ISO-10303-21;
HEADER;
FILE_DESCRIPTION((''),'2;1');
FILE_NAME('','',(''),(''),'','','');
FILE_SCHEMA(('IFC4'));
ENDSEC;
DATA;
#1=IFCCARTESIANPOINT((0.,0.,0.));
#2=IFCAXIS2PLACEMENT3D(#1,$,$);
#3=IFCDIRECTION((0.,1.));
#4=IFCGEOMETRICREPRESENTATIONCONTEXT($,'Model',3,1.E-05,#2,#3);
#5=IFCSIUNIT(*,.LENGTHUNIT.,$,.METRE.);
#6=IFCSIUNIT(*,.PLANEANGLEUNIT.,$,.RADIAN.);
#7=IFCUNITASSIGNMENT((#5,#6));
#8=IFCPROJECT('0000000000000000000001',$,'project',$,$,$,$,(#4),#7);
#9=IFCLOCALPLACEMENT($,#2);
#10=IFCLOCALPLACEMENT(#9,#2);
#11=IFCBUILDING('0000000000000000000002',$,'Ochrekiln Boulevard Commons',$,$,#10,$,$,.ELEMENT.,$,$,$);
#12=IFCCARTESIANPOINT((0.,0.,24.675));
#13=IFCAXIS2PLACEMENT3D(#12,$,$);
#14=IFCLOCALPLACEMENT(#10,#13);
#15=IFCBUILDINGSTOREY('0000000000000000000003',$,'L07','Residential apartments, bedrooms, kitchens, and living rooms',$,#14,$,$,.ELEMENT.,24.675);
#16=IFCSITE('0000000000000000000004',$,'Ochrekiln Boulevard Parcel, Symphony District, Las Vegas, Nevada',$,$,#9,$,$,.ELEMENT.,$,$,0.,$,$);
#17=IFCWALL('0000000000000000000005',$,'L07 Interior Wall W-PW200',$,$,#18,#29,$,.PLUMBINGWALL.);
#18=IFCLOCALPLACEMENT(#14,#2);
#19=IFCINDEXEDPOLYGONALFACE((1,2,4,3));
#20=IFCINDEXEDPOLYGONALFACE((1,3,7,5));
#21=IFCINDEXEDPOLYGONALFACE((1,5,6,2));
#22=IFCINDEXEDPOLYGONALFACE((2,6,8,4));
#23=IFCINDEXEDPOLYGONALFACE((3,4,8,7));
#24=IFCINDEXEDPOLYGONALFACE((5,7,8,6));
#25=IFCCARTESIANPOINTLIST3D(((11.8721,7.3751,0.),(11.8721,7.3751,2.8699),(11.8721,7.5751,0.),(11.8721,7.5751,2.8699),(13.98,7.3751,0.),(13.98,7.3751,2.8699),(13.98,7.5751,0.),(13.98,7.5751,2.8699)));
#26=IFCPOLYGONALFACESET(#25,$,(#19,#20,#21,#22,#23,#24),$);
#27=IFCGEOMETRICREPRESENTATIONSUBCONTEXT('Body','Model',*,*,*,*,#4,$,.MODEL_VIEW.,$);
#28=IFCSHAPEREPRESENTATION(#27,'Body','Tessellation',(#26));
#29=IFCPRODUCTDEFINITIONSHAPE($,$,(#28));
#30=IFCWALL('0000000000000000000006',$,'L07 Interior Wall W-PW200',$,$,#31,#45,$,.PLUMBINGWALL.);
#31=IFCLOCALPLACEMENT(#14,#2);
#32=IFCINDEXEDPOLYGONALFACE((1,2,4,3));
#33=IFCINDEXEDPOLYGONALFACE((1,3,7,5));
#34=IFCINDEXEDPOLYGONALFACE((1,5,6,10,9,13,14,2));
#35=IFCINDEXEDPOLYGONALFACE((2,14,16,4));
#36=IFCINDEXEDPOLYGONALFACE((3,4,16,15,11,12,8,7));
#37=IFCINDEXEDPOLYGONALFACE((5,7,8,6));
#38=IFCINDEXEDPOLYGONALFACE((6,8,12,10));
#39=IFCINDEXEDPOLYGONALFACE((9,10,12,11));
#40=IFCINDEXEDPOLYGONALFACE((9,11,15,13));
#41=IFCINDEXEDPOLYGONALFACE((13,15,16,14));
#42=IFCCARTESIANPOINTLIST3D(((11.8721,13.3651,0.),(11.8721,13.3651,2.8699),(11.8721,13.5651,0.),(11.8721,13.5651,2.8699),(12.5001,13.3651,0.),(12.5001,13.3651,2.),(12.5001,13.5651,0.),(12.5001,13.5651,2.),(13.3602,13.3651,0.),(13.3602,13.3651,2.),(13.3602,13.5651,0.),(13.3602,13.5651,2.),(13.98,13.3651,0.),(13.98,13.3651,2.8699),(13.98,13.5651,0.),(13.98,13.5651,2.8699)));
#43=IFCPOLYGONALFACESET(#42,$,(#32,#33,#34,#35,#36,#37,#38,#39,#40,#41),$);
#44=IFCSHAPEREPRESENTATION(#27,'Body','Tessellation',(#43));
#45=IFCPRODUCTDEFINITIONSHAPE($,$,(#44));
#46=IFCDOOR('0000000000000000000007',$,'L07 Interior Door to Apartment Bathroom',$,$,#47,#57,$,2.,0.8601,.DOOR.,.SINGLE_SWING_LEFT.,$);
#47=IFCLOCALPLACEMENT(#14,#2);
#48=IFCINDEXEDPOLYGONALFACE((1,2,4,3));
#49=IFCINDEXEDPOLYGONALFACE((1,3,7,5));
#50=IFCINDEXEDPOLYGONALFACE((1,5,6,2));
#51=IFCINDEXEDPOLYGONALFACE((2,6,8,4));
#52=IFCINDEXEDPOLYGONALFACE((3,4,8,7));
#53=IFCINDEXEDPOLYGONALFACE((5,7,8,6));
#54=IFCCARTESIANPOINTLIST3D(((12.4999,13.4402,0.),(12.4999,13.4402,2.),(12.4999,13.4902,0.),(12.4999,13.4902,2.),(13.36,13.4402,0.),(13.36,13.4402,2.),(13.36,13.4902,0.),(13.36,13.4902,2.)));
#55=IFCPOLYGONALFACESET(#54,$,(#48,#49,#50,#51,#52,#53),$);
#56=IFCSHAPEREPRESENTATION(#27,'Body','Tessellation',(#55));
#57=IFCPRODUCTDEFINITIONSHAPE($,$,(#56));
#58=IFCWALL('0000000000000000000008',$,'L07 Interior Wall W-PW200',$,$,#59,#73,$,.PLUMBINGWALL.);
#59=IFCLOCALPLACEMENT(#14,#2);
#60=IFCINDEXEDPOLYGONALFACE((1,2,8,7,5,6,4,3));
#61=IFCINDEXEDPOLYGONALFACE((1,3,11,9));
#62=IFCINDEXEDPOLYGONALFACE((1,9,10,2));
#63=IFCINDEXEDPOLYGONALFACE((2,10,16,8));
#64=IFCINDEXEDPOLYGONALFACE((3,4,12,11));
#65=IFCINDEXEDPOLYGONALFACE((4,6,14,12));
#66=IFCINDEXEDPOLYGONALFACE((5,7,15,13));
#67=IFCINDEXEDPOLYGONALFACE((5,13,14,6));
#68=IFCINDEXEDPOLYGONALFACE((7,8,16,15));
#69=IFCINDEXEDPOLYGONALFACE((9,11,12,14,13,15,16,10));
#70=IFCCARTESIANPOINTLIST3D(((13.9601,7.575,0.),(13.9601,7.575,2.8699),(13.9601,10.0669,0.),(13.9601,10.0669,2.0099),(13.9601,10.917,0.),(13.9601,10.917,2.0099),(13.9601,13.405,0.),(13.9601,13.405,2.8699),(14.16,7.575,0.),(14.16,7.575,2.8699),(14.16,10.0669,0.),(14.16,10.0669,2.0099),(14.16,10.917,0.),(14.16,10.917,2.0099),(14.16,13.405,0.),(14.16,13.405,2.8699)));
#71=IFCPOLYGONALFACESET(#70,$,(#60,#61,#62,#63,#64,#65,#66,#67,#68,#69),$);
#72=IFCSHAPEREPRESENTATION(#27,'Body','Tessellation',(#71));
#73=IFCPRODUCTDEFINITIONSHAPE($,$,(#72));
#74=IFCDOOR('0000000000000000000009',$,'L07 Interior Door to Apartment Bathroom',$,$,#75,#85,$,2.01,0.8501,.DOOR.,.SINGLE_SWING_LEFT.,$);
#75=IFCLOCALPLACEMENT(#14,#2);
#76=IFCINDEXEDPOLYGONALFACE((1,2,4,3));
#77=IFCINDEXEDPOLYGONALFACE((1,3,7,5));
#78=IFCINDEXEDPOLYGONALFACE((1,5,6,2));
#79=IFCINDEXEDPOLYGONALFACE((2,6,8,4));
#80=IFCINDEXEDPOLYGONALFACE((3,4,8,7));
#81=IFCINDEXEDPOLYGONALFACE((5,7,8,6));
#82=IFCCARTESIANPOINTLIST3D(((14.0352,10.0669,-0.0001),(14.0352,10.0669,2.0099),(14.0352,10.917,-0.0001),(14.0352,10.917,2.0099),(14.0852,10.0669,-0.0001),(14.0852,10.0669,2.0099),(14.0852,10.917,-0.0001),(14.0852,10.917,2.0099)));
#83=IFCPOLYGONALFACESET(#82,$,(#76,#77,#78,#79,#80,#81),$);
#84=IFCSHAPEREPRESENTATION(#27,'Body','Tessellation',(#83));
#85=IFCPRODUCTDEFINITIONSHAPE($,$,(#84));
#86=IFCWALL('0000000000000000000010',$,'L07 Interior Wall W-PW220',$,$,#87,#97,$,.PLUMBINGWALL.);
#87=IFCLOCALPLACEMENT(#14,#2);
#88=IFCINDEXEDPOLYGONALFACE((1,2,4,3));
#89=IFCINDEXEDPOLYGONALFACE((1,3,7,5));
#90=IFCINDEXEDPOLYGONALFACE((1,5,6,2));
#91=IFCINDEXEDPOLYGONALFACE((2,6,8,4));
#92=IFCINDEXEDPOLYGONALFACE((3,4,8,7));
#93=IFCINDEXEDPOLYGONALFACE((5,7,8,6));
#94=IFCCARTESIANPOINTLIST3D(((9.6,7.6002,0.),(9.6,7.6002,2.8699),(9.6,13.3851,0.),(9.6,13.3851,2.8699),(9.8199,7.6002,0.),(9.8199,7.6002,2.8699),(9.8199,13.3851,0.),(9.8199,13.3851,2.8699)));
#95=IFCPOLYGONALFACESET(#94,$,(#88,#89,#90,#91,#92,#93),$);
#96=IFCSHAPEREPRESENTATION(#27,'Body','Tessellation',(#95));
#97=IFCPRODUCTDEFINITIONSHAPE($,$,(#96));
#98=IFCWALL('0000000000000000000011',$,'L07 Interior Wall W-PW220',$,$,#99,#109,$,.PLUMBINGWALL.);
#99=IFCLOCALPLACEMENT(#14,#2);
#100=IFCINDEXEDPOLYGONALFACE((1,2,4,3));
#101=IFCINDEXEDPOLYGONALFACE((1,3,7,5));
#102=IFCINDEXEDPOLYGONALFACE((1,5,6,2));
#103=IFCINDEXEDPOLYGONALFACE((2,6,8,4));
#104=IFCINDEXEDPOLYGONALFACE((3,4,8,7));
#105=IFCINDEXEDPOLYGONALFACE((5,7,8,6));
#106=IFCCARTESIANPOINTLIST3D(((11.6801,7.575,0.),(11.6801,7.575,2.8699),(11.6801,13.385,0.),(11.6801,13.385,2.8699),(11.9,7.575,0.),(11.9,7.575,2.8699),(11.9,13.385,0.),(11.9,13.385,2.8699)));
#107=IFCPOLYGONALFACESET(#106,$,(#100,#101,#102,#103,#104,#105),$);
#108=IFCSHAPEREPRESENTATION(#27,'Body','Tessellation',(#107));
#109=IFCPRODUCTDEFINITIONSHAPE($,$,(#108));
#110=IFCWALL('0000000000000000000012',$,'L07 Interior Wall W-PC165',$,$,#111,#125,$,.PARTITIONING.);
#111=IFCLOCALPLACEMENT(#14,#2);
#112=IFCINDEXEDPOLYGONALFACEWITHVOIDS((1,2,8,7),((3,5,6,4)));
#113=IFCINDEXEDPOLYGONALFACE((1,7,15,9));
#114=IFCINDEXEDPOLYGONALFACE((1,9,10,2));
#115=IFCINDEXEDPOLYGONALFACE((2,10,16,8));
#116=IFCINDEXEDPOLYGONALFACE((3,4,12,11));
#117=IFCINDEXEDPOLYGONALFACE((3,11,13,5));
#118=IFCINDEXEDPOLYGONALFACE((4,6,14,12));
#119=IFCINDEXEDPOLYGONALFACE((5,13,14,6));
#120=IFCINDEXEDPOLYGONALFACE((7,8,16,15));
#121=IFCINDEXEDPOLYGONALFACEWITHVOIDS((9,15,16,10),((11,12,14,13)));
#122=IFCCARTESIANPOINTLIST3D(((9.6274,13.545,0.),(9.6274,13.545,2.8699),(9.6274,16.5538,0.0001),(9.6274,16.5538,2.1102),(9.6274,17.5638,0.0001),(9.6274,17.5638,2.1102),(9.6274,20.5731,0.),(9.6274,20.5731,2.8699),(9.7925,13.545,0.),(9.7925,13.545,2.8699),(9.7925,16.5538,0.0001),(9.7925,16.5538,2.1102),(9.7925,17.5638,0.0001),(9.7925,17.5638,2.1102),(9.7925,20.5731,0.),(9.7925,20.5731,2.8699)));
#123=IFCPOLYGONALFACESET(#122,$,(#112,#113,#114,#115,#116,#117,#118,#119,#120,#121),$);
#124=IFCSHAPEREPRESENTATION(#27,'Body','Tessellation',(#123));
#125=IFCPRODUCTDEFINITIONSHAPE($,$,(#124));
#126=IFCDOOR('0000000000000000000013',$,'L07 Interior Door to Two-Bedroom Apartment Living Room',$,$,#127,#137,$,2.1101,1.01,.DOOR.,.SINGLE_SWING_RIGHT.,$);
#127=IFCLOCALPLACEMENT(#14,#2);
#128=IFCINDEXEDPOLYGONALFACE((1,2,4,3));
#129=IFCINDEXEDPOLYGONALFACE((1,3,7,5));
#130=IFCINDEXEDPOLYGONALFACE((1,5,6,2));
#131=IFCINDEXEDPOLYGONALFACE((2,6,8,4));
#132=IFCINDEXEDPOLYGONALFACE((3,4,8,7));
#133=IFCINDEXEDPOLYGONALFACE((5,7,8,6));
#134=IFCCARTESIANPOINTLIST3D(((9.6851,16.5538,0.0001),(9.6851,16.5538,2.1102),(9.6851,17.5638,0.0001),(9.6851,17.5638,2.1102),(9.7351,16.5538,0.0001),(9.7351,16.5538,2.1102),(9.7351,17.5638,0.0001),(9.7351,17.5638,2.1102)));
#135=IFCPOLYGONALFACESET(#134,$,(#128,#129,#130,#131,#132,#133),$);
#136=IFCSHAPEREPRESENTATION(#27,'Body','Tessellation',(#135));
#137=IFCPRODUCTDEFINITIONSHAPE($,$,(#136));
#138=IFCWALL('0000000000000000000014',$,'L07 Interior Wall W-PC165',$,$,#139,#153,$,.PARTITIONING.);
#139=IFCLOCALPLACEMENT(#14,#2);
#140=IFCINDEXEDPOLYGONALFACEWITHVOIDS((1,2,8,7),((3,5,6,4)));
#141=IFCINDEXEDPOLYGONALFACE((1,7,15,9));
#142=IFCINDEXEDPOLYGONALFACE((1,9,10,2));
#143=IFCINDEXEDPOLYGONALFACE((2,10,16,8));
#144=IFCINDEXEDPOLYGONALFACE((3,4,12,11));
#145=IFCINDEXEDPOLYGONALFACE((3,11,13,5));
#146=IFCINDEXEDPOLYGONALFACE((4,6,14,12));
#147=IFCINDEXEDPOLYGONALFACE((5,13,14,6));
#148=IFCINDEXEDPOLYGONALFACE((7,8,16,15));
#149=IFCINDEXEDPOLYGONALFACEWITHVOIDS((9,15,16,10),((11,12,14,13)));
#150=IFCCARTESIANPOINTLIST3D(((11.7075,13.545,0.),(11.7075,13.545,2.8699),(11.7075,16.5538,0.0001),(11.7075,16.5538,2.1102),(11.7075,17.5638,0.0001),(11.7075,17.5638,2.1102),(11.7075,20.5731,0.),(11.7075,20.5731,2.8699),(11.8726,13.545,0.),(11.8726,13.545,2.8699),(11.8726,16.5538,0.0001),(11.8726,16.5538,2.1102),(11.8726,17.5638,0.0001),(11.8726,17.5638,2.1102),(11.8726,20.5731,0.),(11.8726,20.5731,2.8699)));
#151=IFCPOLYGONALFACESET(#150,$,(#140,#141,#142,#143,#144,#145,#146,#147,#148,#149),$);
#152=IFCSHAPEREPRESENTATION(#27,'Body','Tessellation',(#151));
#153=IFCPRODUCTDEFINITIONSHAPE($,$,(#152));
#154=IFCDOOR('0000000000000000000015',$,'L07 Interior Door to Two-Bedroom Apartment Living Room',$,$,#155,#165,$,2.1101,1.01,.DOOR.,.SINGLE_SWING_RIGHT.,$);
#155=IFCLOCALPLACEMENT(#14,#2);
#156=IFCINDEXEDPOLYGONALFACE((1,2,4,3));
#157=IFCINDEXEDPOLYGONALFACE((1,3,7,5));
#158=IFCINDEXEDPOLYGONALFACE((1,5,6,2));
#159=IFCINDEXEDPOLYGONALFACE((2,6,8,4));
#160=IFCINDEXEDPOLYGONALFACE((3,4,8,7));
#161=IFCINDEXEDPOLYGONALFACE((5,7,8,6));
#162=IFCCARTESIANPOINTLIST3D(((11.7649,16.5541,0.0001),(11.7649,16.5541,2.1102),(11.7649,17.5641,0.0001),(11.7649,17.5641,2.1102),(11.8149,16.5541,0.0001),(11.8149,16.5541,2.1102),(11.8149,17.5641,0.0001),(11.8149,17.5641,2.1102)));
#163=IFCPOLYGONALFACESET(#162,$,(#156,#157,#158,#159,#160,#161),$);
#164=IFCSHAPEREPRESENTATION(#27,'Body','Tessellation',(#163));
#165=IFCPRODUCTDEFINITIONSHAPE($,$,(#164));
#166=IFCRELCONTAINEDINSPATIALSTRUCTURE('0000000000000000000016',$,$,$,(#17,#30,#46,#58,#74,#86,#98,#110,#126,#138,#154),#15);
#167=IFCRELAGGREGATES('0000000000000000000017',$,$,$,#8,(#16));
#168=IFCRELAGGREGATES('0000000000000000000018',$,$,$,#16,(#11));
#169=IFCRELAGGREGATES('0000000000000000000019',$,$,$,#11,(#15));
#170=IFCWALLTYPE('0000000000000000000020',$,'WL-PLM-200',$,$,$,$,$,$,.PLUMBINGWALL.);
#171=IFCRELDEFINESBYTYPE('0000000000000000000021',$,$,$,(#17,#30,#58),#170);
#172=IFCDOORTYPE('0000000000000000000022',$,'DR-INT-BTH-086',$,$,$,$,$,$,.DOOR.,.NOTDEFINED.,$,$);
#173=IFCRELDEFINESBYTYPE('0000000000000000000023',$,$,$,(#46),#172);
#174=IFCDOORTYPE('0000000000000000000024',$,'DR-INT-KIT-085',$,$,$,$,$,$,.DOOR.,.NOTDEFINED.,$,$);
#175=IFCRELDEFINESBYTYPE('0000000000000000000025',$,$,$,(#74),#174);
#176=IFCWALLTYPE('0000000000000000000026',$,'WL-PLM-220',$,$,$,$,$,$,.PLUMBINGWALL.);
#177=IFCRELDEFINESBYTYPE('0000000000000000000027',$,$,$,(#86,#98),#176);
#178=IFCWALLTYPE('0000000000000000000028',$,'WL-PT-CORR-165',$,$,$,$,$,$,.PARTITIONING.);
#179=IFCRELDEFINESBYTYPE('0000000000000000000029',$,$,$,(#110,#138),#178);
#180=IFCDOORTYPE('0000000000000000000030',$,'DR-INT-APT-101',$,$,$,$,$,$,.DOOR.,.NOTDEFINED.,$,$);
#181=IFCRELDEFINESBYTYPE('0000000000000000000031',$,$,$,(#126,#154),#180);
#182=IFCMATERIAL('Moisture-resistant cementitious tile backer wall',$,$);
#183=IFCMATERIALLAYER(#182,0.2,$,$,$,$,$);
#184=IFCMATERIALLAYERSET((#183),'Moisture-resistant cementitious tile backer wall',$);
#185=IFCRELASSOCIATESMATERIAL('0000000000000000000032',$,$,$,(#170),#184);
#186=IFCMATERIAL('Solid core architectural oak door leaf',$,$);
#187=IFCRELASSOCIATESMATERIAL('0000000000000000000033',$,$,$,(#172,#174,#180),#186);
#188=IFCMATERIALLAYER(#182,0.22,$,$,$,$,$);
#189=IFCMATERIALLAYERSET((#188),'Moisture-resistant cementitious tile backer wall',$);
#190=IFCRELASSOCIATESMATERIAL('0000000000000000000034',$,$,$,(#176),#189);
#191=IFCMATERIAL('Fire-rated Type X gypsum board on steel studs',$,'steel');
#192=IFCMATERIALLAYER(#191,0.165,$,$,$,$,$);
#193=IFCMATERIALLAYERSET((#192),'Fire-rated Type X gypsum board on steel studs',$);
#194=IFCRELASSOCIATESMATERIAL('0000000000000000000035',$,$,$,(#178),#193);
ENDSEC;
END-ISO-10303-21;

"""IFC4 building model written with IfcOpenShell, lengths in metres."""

from ifc_helpers import new_model, si_unit, direction, frame, frame_2d, origin, place, context, subcontext, project, spatial, rectangle, extrude, material, layer, layer_set, type_object, element, fill, save


model = new_model("IFC4")

# Units and contexts
model_context = context("Model", 3, precision=1e-05, world=origin(), true_north=direction((0.0, 1.0)))
body_context = subcontext(model_context, "Body", "Model", "MODEL_VIEW")
ifc_project = project(units=[si_unit("LENGTHUNIT", "METRE"), si_unit("PLANEANGLEUNIT", "RADIAN")], contexts=[model_context])

# Site, building, storey
site_placement = place(None, origin())
site = spatial("IfcSite", under=ifc_project, at=site_placement, Name="Ochrekiln Boulevard Parcel, Symphony District, Las Vegas, Nevada", CompositionType="ELEMENT", RefElevation=0.0)
building_placement = place(site_placement, origin())
building = spatial("IfcBuilding", under=site, at=building_placement, Name="Ochrekiln Boulevard Commons", CompositionType="ELEMENT")
storey_placement = place(building_placement, frame((0.0, 0.0, 24.675)))
storey = spatial("IfcBuildingStorey", under=building, at=storey_placement, Name="L07", Description="Residential apartments, bedrooms, kitchens, and living rooms", CompositionType="ELEMENT", Elevation=24.675)

# Wall
ifc_material_1 = material(Name="Moisture-resistant cementitious tile backer wall")
ifc_layer_1 = layer(ifc_material_1, 0.2)
ifc_layer_set_1 = layer_set([ifc_layer_1], Name="Moisture-resistant cementitious tile backer wall")
wall_type_1 = type_object("IfcWallType", Name="WL-PLM-200", PredefinedType="PLUMBINGWALL", material=ifc_layer_set_1)
wall_1_placement = place(storey_placement, frame((11.8721, 7.4751, 0.0), z_axis=(0.0, 0.0, 1.0), x_axis=(1.0, 0.0, 0.0)))
element("IfcWall", 1, at=wall_1_placement, inside=storey, type_object=wall_type_1, Name="L07 Interior Wall W-PW200", PredefinedType="PLUMBINGWALL", context=body_context, shape_type="SweptSolid", body=[
    extrude(rectangle(XDim=2.1079, YDim=0.2, at=frame_2d((1.054, 0.0))), origin(), (0.0, 0.0, 1.0), 2.8699),
])

# Walls, openings, doors
wall_2_placement = place(storey_placement, frame((11.8721, 13.4651, 0.0), z_axis=(0.0, 0.0, 1.0), x_axis=(1.0, 0.0, 0.0)))
wall_2 = element("IfcWall", 2, at=wall_2_placement, inside=storey, type_object=wall_type_1, Name="L07 Interior Wall W-PW200", PredefinedType="PLUMBINGWALL", context=body_context, shape_type="SweptSolid", body=[
    extrude(rectangle(XDim=2.1079, YDim=0.2, at=frame_2d((1.054, 0.0))), origin(), (0.0, 0.0, 1.0), 2.8699),
])
opening_1_placement = place(wall_2_placement, frame((0.6279, 0.0, 0.0)))
opening_1 = element("IfcOpeningElement", 3, at=opening_1_placement, cuts=wall_2, PredefinedType="OPENING", context=body_context, shape_type="SweptSolid", body=[
    extrude(rectangle(XDim=0.8601, YDim=2.0, at=frame_2d((0.4302, 1.0))), frame((0.0, 0.1099, 0.0), z_axis=(0.0, -1.0, 0.0), x_axis=(1.0, 0.0, 0.0)), (0.0, 0.0, 1.0), 0.22),
])
ifc_material_2 = material(Name="Solid core architectural oak door leaf")
door_type_1 = type_object("IfcDoorType", Name="DR-INT-BTH-086", OperationType="NOTDEFINED", PredefinedType="DOOR", material=ifc_material_2)
door_1_placement = place(opening_1_placement, frame((0.8601, 0.0, 0.0), z_axis=(0.0, 0.0, 1.0), x_axis=(-1.0, 0.0, 0.0)))
door_1 = element("IfcDoor", 4, at=door_1_placement, inside=storey, type_object=door_type_1, Name="L07 Interior Door to Apartment Bathroom", OperationType="SINGLE_SWING_LEFT", OverallHeight=2.0, OverallWidth=0.8601, PredefinedType="DOOR", context=body_context, shape_type="SweptSolid", body=[
    extrude(rectangle(XDim=0.8601, YDim=2.0, at=frame_2d((0.4302, 1.0))), frame((0.0, 0.0249, 0.0), z_axis=(0.0, -1.0, 0.0), x_axis=(1.0, 0.0, 0.0)), (0.0, 0.0, 1.0), 0.05),
])
fill(opening_1, door_1)
wall_3_placement = place(storey_placement, frame((14.0601, 7.575, 0.0), z_axis=(0.0, 0.0, 1.0), x_axis=(0.0, 1.0, 0.0)))
wall_3 = element("IfcWall", 5, at=wall_3_placement, inside=storey, type_object=wall_type_1, Name="L07 Interior Wall W-PW200", PredefinedType="PLUMBINGWALL", context=body_context, shape_type="SweptSolid", body=[
    extrude(rectangle(XDim=5.8301, YDim=0.2, at=frame_2d((2.915, 0.0))), origin(), (0.0, 0.0, 1.0), 2.8699),
])
opening_2_placement = place(wall_3_placement, frame((2.4919, 0.0, 0.0)))
opening_2 = element("IfcOpeningElement", 6, at=opening_2_placement, cuts=wall_3, PredefinedType="OPENING", context=body_context, shape_type="SweptSolid", body=[
    extrude(rectangle(XDim=0.8501, YDim=2.01, at=frame_2d((0.425, 1.0049))), frame((0.0, 0.1099, 0.0), z_axis=(0.0, -1.0, 0.0), x_axis=(1.0, 0.0, 0.0)), (0.0, 0.0, 1.0), 0.22),
])
door_type_2 = type_object("IfcDoorType", Name="DR-INT-KIT-085", OperationType="NOTDEFINED", PredefinedType="DOOR", material=ifc_material_2)
door_2_placement = place(opening_2_placement, origin())
door_2 = element("IfcDoor", 7, at=door_2_placement, inside=storey, type_object=door_type_2, Name="L07 Interior Door to Apartment Bathroom", OperationType="SINGLE_SWING_LEFT", OverallHeight=2.01, OverallWidth=0.8501, PredefinedType="DOOR", context=body_context, shape_type="SweptSolid", body=[
    extrude(rectangle(XDim=0.8501, YDim=2.01, at=frame_2d((0.425, 1.0049))), frame((0.0, 0.0249, 0.0), z_axis=(0.0, -1.0, 0.0), x_axis=(1.0, 0.0, 0.0)), (0.0, 0.0, 1.0), 0.05),
])
fill(opening_2, door_2)

# Walls
ifc_layer_2 = layer(ifc_material_1, 0.22)
ifc_layer_set_2 = layer_set([ifc_layer_2], Name="Moisture-resistant cementitious tile backer wall")
wall_type_2 = type_object("IfcWallType", Name="WL-PLM-220", PredefinedType="PLUMBINGWALL", material=ifc_layer_set_2)
wall_4_placement = place(storey_placement, frame((9.71, 7.6001, 0.0), z_axis=(0.0, 0.0, 1.0), x_axis=(0.0, 1.0, 0.0)))
element("IfcWall", 8, at=wall_4_placement, inside=storey, type_object=wall_type_2, Name="L07 Interior Wall W-PW220", PredefinedType="PLUMBINGWALL", context=body_context, shape_type="SweptSolid", body=[
    extrude(rectangle(XDim=5.7849, YDim=0.22, at=frame_2d((2.8926, 0.0))), origin(), (0.0, 0.0, 1.0), 2.8699),
])
wall_5_placement = place(storey_placement, frame((11.79, 7.575, 0.0), z_axis=(0.0, 0.0, 1.0), x_axis=(0.0, 1.0, 0.0)))
element("IfcWall", 9, at=wall_5_placement, inside=storey, type_object=wall_type_2, Name="L07 Interior Wall W-PW220", PredefinedType="PLUMBINGWALL", context=body_context, shape_type="SweptSolid", body=[
    extrude(rectangle(XDim=5.8101, YDim=0.22, at=frame_2d((2.905, 0.0))), origin(), (0.0, 0.0, 1.0), 2.8699),
])

# Walls, openings, doors
ifc_material_3 = material(Name="Fire-rated Type X gypsum board on steel studs", Category="steel")
ifc_layer_3 = layer(ifc_material_3, 0.165)
ifc_layer_set_3 = layer_set([ifc_layer_3], Name="Fire-rated Type X gypsum board on steel studs")
wall_type_3 = type_object("IfcWallType", Name="WL-PT-CORR-165", PredefinedType="PARTITIONING", material=ifc_layer_set_3)
wall_6_placement = place(storey_placement, frame((9.71, 13.5449, 0.0), z_axis=(0.0, 0.0, 1.0), x_axis=(0.0, 1.0, 0.0)))
wall_6 = element("IfcWall", 10, at=wall_6_placement, inside=storey, type_object=wall_type_3, Name="L07 Interior Wall W-PC165", PredefinedType="PARTITIONING", context=body_context, shape_type="SweptSolid", body=[
    extrude(rectangle(XDim=7.0281, YDim=0.165, at=frame_2d((3.5142, 0.0))), origin(), (0.0, 0.0, 1.0), 2.8699),
])
opening_3_placement = place(wall_6_placement, frame((3.009, 0.0, 0.0)))
opening_3 = element("IfcOpeningElement", 11, at=opening_3_placement, cuts=wall_6, PredefinedType="OPENING", context=body_context, shape_type="SweptSolid", body=[
    extrude(rectangle(XDim=1.01, YDim=2.1101, at=frame_2d((0.5049, 1.0552))), frame((0.0, 0.0925, 0.0), z_axis=(0.0, -1.0, 0.0), x_axis=(1.0, 0.0, 0.0)), (0.0, 0.0, 1.0), 0.1851),
])
door_type_3 = type_object("IfcDoorType", Name="DR-INT-APT-101", OperationType="NOTDEFINED", PredefinedType="DOOR", material=ifc_material_2)
door_3_placement = place(opening_3_placement, origin())
door_3 = element("IfcDoor", 12, at=door_3_placement, inside=storey, type_object=door_type_3, Name="L07 Interior Door to Two-Bedroom Apartment Living Room", OperationType="SINGLE_SWING_RIGHT", OverallHeight=2.1101, OverallWidth=1.01, PredefinedType="DOOR", context=body_context, shape_type="SweptSolid", body=[
    extrude(rectangle(XDim=1.01, YDim=2.1101, at=frame_2d((0.5049, 1.0552))), frame((0.0, 0.0249, 0.0), z_axis=(0.0, -1.0, 0.0), x_axis=(1.0, 0.0, 0.0)), (0.0, 0.0, 1.0), 0.05),
])
fill(opening_3, door_3)
wall_7_placement = place(storey_placement, frame((11.79, 13.5449, 0.0), z_axis=(0.0, 0.0, 1.0), x_axis=(0.0, 1.0, 0.0)))
wall_7 = element("IfcWall", 13, at=wall_7_placement, inside=storey, type_object=wall_type_3, Name="L07 Interior Wall W-PC165", PredefinedType="PARTITIONING", context=body_context, shape_type="SweptSolid", body=[
    extrude(rectangle(XDim=7.0281, YDim=0.165, at=frame_2d((3.5142, 0.0))), origin(), (0.0, 0.0, 1.0), 2.8699),
])
opening_4_placement = place(wall_7_placement, frame((3.009, 0.0, 0.0)))
opening_4 = element("IfcOpeningElement", 14, at=opening_4_placement, cuts=wall_7, PredefinedType="OPENING", context=body_context, shape_type="SweptSolid", body=[
    extrude(rectangle(XDim=1.01, YDim=2.1101, at=frame_2d((0.5049, 1.0552))), frame((0.0, 0.0925, 0.0), z_axis=(0.0, -1.0, 0.0), x_axis=(1.0, 0.0, 0.0)), (0.0, 0.0, 1.0), 0.1851),
])
door_4_placement = place(opening_4_placement, frame((1.01, 0.0, 0.0), z_axis=(0.0, 0.0, 1.0), x_axis=(-1.0, 0.0, 0.0)))
door_4 = element("IfcDoor", 15, at=door_4_placement, inside=storey, type_object=door_type_3, Name="L07 Interior Door to Two-Bedroom Apartment Living Room", OperationType="SINGLE_SWING_RIGHT", OverallHeight=2.1101, OverallWidth=1.01, PredefinedType="DOOR", context=body_context, shape_type="SweptSolid", body=[
    extrude(rectangle(XDim=1.01, YDim=2.1101, at=frame_2d((0.5049, 1.0552))), frame((0.0, 0.0249, 0.0), z_axis=(0.0, -1.0, 0.0), x_axis=(1.0, 0.0, 0.0)), (0.0, 0.0, 1.0), 0.05),
])
fill(opening_4, door_4)

save(model, "model.ifc")
